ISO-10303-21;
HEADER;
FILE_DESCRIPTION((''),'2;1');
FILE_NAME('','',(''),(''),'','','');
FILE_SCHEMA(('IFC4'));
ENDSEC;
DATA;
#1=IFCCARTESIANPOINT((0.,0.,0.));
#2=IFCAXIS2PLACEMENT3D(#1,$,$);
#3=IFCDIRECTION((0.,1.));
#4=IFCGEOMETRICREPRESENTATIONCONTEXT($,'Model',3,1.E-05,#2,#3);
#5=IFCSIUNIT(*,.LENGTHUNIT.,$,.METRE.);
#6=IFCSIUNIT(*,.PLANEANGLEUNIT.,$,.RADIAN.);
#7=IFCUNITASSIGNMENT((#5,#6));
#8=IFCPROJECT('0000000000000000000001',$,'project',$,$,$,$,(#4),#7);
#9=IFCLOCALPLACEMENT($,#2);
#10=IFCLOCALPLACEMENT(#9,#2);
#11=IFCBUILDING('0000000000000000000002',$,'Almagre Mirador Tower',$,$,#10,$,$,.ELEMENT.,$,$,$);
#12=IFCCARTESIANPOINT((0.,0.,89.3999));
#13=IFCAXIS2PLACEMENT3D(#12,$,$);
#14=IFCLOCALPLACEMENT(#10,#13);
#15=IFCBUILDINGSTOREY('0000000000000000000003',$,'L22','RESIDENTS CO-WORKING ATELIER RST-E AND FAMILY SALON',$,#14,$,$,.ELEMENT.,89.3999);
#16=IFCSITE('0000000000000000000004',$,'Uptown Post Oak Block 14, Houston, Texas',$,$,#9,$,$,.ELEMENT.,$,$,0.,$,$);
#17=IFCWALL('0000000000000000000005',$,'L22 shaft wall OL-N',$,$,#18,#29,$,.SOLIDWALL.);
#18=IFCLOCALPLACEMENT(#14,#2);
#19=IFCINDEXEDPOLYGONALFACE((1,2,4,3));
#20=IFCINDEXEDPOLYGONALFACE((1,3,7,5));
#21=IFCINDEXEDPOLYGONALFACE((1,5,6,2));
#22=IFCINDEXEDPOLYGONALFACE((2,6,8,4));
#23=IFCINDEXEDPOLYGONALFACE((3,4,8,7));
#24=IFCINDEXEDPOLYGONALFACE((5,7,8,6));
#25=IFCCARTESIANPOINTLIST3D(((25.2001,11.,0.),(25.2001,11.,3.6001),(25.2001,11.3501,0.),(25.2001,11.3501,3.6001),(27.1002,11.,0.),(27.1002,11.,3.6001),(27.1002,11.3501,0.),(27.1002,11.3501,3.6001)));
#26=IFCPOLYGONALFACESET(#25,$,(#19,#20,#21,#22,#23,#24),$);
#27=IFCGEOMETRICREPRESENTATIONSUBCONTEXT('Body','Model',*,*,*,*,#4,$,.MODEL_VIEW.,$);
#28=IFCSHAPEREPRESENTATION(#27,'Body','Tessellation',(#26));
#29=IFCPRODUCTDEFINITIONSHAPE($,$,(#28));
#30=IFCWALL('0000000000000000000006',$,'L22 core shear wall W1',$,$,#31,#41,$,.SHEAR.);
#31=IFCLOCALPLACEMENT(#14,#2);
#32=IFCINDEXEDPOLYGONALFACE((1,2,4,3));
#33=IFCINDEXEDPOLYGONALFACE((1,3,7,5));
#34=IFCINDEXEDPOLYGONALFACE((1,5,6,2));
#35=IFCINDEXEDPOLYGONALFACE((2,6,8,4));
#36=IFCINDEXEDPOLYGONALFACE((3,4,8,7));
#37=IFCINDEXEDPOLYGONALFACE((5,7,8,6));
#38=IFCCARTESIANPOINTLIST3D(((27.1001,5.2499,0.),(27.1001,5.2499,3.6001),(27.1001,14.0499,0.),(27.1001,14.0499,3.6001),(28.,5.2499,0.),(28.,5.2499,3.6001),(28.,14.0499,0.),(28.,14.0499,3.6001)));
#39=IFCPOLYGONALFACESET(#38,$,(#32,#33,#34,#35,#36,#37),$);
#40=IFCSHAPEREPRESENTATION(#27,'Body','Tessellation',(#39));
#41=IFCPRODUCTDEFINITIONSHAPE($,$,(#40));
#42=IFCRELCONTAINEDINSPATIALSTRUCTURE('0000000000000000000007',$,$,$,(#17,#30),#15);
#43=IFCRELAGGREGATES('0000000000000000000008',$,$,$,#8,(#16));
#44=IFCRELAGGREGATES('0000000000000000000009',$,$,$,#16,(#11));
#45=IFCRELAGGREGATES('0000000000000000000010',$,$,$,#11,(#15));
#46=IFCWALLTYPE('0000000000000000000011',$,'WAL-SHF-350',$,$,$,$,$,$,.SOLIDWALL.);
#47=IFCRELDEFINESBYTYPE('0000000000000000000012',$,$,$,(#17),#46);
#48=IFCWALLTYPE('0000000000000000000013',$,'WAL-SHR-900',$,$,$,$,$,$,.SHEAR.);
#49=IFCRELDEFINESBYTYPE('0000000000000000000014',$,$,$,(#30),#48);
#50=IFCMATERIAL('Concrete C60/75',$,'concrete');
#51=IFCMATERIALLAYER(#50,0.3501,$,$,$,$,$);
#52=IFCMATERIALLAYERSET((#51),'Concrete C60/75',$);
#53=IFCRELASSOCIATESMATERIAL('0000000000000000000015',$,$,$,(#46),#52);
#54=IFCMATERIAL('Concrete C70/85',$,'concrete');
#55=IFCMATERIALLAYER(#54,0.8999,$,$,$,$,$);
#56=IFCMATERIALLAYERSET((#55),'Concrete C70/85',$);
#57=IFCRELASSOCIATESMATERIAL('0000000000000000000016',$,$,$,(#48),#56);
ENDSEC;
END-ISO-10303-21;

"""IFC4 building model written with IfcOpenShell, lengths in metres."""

from ifc_helpers import new_model, si_unit, direction, frame, frame_2d, origin, place, context, subcontext, project, spatial, rectangle, extrude, material, layer, layer_set, type_object, element, save


model = new_model("IFC4")

# Units and contexts
model_context = context("Model", 3, precision=1e-05, world=origin(), true_north=direction((0.0, 1.0)))
body_context = subcontext(model_context, "Body", "Model", "MODEL_VIEW")
ifc_project = project(units=[si_unit("LENGTHUNIT", "METRE"), si_unit("PLANEANGLEUNIT", "RADIAN")], contexts=[model_context])

# Site, building, storey
site_placement = place(None, origin())
site = spatial("IfcSite", under=ifc_project, at=site_placement, Name="Uptown Post Oak Block 14, Houston, Texas", CompositionType="ELEMENT", RefElevation=0.0)
building_placement = place(site_placement, origin())
building = spatial("IfcBuilding", under=site, at=building_placement, Name="Almagre Mirador Tower", CompositionType="ELEMENT")
storey_placement = place(building_placement, frame((0.0, 0.0, 89.3999)))
storey = spatial("IfcBuildingStorey", under=building, at=storey_placement, Name="L22", Description="RESIDENTS CO-WORKING ATELIER RST-E AND FAMILY SALON", CompositionType="ELEMENT", Elevation=89.3999)

# Walls
ifc_material_1 = material(Name="Concrete C60/75", Category="concrete")
ifc_layer_1 = layer(ifc_material_1, 0.3501)
ifc_layer_set_1 = layer_set([ifc_layer_1], Name="Concrete C60/75")
wall_type_1 = type_object("IfcWallType", Name="WAL-SHF-350", PredefinedType="SOLIDWALL", material=ifc_layer_set_1)
for number, where, z_axis, x_axis, name in (
    (1, (25.2, 11.175, 0.0), (0.0, 0.0, 1.0), (1.0, 0.0, 0.0), "L22 shaft wall OL-N"),
):
    element("IfcWall", number, at=place(storey_placement, frame(where, z_axis=z_axis, x_axis=x_axis)), inside=storey, type_object=wall_type_1, Name=name, PredefinedType="SOLIDWALL", context=body_context, shape_type="SweptSolid", body=[
        extrude(rectangle(XDim=1.9001, YDim=0.3501, at=frame_2d((0.9502, 0.0))), origin(), (0.0, 0.0, 1.0), 3.6001),
    ])
ifc_material_2 = material(Name="Concrete C70/85", Category="concrete")
ifc_layer_2 = layer(ifc_material_2, 0.8999)
ifc_layer_set_2 = layer_set([ifc_layer_2], Name="Concrete C70/85")
wall_type_2 = type_object("IfcWallType", Name="WAL-SHR-900", PredefinedType="SHEAR", material=ifc_layer_set_2)
wall_1_placement = place(storey_placement, frame((27.55, 5.25, 0.0), z_axis=(0.0, 0.0, 1.0), x_axis=(0.0, 1.0, 0.0)))
element("IfcWall", 2, at=wall_1_placement, inside=storey, type_object=wall_type_2, Name="L22 core shear wall W1", PredefinedType="SHEAR", context=body_context, shape_type="SweptSolid", body=[
    extrude(rectangle(XDim=8.8, YDim=0.8999, at=frame_2d((4.3999, 0.0))), origin(), (0.0, 0.0, 1.0), 3.6001),
])

save(model, "model.ifc")
